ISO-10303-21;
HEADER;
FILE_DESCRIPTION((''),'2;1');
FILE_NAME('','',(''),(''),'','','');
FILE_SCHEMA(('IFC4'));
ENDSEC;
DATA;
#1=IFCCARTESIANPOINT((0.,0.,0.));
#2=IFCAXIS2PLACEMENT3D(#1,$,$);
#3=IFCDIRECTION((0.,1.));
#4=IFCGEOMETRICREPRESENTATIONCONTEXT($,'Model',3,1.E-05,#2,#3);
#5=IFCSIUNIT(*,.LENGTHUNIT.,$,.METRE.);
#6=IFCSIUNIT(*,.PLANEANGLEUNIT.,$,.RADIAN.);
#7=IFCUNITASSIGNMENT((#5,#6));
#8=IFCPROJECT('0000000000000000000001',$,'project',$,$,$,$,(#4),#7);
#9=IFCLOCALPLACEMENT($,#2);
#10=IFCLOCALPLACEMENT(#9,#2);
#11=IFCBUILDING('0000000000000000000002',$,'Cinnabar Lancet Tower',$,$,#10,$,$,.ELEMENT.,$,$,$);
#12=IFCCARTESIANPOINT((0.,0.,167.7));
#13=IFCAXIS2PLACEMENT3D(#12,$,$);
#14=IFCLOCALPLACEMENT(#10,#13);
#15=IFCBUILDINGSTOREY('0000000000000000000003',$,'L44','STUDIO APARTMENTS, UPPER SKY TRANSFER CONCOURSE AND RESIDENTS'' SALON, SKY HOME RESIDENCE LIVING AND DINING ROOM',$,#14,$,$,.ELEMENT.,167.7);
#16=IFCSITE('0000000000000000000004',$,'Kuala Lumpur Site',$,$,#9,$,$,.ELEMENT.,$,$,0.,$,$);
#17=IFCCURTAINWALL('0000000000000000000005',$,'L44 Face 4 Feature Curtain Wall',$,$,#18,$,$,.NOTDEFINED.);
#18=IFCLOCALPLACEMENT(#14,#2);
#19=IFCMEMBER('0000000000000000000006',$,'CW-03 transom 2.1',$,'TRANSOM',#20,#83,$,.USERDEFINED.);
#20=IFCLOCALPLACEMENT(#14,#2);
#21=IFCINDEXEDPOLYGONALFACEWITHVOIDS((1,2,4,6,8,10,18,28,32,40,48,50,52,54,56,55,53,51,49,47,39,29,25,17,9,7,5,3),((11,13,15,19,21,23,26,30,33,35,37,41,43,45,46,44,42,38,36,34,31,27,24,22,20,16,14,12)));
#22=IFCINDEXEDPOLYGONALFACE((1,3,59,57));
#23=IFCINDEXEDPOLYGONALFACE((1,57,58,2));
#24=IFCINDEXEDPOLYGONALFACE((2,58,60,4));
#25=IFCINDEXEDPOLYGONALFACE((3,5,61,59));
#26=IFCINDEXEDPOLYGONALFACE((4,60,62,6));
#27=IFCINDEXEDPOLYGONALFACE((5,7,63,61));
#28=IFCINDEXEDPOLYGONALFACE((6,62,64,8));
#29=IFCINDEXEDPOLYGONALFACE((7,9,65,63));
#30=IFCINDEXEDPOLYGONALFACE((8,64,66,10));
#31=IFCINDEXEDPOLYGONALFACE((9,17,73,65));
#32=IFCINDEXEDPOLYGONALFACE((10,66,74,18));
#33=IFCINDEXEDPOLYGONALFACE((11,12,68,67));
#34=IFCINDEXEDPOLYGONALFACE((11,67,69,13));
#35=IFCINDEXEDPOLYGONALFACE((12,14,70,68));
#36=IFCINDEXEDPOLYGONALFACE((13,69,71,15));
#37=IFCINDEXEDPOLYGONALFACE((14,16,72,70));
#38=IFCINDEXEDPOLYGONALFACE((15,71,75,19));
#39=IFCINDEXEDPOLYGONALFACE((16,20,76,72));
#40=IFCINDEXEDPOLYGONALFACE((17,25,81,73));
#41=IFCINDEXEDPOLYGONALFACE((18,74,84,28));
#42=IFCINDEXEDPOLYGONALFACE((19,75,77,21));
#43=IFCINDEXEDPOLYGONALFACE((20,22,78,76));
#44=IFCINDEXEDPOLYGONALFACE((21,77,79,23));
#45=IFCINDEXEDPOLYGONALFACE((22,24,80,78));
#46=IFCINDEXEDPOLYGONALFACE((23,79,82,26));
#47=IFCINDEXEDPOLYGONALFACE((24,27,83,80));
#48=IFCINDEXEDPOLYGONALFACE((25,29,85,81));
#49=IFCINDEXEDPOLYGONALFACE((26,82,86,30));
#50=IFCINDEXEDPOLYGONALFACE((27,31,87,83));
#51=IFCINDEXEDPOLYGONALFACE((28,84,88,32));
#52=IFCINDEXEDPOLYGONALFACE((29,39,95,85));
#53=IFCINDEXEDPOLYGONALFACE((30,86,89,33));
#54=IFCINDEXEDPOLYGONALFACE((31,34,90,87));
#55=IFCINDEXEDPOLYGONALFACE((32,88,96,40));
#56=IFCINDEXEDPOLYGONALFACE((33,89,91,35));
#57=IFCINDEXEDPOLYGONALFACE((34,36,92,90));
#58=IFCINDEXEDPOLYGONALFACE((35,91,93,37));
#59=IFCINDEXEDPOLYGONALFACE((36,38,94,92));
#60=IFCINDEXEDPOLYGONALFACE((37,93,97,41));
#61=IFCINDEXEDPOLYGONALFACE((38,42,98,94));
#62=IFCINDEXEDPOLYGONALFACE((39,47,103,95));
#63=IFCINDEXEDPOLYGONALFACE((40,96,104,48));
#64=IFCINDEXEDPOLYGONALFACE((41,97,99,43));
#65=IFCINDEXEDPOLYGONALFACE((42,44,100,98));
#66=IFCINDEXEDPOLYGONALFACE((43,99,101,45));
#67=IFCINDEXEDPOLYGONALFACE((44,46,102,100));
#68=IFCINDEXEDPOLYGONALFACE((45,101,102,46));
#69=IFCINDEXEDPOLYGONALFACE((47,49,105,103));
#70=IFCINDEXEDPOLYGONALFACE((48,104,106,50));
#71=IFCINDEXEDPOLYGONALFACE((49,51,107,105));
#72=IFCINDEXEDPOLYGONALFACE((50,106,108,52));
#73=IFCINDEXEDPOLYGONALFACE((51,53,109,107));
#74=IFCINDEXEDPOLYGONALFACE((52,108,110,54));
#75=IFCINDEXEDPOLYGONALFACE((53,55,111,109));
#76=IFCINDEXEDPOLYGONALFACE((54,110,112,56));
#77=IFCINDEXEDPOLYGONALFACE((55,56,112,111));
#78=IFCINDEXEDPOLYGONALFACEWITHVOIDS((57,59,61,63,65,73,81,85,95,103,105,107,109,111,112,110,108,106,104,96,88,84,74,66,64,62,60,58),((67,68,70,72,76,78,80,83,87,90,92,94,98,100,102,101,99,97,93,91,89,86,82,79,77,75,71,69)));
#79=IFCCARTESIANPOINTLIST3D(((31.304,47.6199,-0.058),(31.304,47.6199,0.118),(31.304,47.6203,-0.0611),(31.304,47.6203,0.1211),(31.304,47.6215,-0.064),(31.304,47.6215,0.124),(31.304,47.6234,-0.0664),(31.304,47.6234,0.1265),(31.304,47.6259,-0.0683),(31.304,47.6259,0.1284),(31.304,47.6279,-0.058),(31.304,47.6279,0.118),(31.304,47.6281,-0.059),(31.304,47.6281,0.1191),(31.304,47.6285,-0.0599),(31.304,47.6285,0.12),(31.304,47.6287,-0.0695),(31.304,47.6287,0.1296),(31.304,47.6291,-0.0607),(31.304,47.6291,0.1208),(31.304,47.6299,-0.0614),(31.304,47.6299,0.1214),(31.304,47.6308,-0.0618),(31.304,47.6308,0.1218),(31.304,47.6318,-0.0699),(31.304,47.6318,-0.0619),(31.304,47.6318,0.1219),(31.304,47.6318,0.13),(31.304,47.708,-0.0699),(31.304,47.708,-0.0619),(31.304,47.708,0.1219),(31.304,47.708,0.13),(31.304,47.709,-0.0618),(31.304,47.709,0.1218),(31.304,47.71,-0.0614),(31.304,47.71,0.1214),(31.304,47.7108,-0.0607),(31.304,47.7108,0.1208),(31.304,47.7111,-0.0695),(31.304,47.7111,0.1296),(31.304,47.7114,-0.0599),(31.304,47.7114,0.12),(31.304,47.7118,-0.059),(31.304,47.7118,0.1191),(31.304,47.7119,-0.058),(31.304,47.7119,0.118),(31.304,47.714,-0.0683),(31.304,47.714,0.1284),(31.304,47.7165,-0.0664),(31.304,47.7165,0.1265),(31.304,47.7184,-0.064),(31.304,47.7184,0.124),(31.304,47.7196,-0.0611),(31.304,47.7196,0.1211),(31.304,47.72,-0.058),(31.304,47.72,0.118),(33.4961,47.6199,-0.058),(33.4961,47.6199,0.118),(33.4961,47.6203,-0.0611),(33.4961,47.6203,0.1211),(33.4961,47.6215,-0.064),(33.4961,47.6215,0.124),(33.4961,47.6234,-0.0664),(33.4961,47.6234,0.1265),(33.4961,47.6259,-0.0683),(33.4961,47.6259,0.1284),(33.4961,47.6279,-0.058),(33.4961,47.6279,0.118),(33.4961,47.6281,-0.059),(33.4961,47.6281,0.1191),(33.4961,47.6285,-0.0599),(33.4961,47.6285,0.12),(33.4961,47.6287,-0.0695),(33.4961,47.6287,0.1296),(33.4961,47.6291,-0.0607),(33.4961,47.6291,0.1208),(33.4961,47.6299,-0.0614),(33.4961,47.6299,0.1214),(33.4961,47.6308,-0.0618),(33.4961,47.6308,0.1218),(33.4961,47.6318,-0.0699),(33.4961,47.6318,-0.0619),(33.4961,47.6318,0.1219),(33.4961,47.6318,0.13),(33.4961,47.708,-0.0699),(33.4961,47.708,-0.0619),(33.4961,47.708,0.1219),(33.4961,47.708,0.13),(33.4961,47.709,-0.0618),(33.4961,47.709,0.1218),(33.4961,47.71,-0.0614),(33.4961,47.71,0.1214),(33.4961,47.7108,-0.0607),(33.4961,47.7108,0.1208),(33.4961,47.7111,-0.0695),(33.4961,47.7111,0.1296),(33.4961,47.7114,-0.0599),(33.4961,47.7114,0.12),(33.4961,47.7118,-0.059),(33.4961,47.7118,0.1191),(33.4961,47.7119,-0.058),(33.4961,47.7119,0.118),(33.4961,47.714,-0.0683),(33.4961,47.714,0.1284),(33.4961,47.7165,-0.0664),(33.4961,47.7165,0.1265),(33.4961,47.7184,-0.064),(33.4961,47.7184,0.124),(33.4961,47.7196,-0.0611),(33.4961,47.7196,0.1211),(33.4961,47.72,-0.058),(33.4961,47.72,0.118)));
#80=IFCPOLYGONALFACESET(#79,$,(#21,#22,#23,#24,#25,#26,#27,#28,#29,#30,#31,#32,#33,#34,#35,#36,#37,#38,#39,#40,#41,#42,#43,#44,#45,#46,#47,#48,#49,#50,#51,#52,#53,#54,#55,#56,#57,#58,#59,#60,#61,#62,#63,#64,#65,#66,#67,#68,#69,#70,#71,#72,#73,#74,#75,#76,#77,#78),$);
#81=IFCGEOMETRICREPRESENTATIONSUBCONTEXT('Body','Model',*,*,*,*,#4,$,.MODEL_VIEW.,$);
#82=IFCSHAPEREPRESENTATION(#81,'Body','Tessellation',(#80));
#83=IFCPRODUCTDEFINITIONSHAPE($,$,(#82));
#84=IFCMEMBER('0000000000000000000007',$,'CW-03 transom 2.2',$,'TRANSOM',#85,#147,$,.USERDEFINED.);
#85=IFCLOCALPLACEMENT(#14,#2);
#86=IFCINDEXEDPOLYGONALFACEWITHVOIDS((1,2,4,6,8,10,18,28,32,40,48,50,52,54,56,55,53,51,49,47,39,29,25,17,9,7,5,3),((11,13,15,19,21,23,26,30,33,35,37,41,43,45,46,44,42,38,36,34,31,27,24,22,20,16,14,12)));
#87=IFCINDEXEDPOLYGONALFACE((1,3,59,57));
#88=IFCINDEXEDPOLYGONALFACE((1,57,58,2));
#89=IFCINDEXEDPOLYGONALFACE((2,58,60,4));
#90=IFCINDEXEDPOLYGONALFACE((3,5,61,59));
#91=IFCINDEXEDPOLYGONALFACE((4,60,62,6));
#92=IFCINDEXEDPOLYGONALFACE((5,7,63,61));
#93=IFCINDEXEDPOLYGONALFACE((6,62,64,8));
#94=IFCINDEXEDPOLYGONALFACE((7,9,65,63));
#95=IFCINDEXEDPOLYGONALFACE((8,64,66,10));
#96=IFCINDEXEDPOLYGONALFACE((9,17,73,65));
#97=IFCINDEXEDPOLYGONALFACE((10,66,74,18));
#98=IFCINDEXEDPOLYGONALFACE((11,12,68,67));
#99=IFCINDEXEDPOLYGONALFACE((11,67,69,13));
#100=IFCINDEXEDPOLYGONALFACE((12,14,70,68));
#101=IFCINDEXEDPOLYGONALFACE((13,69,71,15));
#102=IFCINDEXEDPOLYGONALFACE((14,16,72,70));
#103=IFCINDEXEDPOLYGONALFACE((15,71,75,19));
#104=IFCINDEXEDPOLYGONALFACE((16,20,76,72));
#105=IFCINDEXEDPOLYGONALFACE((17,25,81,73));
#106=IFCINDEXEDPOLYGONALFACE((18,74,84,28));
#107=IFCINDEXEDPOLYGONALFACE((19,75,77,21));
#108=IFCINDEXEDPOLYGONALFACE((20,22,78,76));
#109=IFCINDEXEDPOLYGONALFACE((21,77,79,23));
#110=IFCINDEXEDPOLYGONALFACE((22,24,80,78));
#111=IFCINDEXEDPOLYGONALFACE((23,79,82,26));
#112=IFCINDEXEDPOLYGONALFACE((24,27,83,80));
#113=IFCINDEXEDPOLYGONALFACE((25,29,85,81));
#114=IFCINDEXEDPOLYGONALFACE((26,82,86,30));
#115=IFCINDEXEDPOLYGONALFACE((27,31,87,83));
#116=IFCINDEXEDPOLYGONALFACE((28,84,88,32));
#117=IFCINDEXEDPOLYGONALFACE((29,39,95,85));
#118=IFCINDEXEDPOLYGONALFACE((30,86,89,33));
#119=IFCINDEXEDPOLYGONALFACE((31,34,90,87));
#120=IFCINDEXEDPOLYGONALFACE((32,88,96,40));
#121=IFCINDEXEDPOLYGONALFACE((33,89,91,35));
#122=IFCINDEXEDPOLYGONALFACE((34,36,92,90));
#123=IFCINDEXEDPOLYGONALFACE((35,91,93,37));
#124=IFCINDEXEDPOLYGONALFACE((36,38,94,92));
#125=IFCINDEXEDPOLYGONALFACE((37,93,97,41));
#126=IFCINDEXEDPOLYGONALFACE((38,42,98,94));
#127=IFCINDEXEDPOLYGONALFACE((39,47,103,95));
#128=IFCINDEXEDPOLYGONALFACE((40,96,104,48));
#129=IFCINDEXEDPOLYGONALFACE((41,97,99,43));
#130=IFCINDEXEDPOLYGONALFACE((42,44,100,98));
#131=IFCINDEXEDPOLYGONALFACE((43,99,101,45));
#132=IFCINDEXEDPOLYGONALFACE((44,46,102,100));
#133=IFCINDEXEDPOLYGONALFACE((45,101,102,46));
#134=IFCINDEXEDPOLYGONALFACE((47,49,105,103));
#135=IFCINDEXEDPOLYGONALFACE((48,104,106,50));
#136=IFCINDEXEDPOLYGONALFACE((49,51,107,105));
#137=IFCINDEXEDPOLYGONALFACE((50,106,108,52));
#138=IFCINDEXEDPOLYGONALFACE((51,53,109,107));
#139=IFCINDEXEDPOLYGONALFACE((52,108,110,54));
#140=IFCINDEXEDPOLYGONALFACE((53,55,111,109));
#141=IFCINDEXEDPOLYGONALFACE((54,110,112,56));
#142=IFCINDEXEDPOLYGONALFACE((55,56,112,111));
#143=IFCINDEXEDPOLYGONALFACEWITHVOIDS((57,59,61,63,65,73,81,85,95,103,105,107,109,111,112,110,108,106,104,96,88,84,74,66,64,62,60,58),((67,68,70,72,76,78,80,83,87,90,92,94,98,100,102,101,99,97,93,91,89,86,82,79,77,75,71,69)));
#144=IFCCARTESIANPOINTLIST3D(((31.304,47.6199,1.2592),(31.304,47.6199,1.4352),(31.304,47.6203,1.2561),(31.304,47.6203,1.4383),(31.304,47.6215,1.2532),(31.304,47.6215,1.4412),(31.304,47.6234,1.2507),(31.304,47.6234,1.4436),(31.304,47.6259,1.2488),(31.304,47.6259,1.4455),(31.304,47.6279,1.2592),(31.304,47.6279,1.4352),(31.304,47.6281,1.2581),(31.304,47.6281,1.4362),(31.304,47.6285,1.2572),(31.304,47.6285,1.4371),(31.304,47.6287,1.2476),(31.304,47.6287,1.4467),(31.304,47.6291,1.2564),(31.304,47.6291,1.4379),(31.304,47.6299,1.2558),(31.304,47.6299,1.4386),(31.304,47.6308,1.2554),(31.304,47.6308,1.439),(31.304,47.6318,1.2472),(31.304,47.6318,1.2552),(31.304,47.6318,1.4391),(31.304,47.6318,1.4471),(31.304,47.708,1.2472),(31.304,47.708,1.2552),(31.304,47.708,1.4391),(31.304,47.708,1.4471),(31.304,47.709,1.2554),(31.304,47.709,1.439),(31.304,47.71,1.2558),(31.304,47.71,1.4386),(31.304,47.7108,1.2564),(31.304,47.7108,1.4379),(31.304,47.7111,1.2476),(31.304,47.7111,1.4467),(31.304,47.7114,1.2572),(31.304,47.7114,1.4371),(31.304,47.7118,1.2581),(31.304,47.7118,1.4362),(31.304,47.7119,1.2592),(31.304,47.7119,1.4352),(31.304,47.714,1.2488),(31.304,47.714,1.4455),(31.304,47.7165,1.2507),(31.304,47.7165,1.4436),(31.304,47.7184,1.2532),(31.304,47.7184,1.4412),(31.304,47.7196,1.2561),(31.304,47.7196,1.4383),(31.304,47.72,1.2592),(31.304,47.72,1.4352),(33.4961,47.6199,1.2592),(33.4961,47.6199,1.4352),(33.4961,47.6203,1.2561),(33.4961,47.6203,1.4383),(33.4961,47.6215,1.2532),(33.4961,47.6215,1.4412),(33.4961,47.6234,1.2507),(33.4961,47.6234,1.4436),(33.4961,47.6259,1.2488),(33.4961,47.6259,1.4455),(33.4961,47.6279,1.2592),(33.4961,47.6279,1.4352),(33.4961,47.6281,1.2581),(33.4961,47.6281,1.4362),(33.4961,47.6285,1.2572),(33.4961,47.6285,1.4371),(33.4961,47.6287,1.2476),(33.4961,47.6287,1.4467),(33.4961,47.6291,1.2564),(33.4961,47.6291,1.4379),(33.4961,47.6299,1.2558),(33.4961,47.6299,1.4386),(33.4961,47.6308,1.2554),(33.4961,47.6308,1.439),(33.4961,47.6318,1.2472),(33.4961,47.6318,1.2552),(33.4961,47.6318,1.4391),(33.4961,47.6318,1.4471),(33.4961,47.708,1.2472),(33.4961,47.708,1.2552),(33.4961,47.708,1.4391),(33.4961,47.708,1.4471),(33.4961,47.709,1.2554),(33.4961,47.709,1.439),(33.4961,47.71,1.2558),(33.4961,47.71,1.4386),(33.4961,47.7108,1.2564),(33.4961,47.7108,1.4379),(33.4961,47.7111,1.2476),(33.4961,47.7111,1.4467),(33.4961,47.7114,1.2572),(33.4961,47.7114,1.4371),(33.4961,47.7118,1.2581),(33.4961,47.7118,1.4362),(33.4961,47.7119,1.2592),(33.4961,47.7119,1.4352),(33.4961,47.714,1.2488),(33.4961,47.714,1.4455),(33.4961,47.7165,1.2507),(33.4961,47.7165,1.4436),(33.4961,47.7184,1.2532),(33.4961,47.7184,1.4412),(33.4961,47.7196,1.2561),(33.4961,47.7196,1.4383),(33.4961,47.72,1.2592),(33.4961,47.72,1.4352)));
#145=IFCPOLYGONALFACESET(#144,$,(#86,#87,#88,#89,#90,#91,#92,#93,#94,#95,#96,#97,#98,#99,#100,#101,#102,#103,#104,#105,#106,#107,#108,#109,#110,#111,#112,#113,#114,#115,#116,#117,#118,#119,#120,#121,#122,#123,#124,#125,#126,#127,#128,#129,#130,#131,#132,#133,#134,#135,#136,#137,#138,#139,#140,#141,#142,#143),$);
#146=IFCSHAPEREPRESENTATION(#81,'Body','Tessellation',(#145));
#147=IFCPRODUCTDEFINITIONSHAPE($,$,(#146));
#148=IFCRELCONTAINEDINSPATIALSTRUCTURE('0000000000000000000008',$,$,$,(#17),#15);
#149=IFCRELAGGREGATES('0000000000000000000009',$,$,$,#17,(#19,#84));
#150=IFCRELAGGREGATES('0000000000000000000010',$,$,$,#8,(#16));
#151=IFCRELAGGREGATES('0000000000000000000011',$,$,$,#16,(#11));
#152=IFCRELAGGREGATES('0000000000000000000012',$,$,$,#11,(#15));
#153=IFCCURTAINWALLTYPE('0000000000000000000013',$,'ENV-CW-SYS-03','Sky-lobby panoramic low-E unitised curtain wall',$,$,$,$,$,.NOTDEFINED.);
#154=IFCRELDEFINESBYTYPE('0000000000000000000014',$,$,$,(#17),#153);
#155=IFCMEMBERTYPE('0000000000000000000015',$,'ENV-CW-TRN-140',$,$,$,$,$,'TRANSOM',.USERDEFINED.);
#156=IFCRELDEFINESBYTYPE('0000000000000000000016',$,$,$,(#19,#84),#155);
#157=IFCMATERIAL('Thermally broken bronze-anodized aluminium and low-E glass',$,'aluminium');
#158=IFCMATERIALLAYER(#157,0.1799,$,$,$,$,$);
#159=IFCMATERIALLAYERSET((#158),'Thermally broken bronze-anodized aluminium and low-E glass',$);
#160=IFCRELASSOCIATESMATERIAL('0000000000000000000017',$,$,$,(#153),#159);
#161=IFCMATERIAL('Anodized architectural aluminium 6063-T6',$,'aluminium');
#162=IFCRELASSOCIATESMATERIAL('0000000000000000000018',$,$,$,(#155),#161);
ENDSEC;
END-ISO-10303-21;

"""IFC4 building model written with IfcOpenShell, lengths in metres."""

from ifc_helpers import new_model, si_unit, direction, frame, origin, origin_2d, place, context, subcontext, project, spatial, hollow_rectangle, extrude, material, layer, layer_set, material_profile, profile_set, type_object, element, aggregate, save


model = new_model("IFC4")

# Units and contexts
model_context = context("Model", 3, precision=1e-05, world=origin(), true_north=direction((0.0, 1.0)))
body_context = subcontext(model_context, "Body", "Model", "MODEL_VIEW")
ifc_project = project(units=[si_unit("LENGTHUNIT", "METRE"), si_unit("PLANEANGLEUNIT", "RADIAN")], contexts=[model_context])

# Site, building, storey
site_placement = place(None, origin())
site = spatial("IfcSite", under=ifc_project, at=site_placement, Name="Kuala Lumpur Site", CompositionType="ELEMENT", RefElevation=0.0)
building_placement = place(site_placement, origin())
building = spatial("IfcBuilding", under=site, at=building_placement, Name="Cinnabar Lancet Tower", CompositionType="ELEMENT")
storey_placement = place(building_placement, frame((0.0, 0.0, 167.7)))
storey = spatial("IfcBuildingStorey", under=building, at=storey_placement, Name="L44", Description="STUDIO APARTMENTS, UPPER SKY TRANSFER CONCOURSE AND RESIDENTS' SALON, SKY HOME RESIDENCE LIVING AND DINING ROOM", CompositionType="ELEMENT", Elevation=167.7)

# Curtain wall, members
ifc_material_1 = material(Name="Thermally broken bronze-anodized aluminium and low-E glass", Category="aluminium")
ifc_layer_1 = layer(ifc_material_1, 0.1799)
ifc_layer_set_1 = layer_set([ifc_layer_1], Name="Thermally broken bronze-anodized aluminium and low-E glass")
curtain_wall_type = type_object("IfcCurtainWallType", Name="ENV-CW-SYS-03", Description="Sky-lobby panoramic low-E unitised curtain wall", PredefinedType="NOTDEFINED", material=ifc_layer_set_1)
curtain_wall_placement = place(storey_placement, origin())
curtain_wall = element("IfcCurtainWall", 1, at=curtain_wall_placement, inside=storey, type_object=curtain_wall_type, Name="L44 Face 4 Feature Curtain Wall", PredefinedType="NOTDEFINED")
ifc_material_2 = material(Name="Anodized architectural aluminium 6063-T6", Category="aluminium")
ifc_material_profile_1 = material_profile(ifc_material_2, hollow_rectangle(XDim=0.1001, YDim=0.2, WallThickness=0.0081, InnerFilletRadius=0.0039, OuterFilletRadius=0.012, at=origin_2d()), Name="RHS 200x100x8")
ifc_profile_set_1 = profile_set([ifc_material_profile_1], Name="Anodized architectural aluminium 6063-T6")
member_type_1 = type_object("IfcMemberType", Name="ENV-CW-TRN-140", ElementType="TRANSOM", PredefinedType="USERDEFINED", material=ifc_profile_set_1)
member_1_placement = place(storey_placement, frame((33.4961, 47.6699, 0.03), z_axis=(-1.0, 0.0, 0.0), x_axis=(0.0, -1.0, 0.0)))
member_1 = element("IfcMember", 2, at=member_1_placement, type_object=member_type_1, Name="CW-03 transom 2.1", ObjectType="TRANSOM", PredefinedType="USERDEFINED", context=body_context, shape_type="SweptSolid", body=[
    extrude(hollow_rectangle(XDim=0.1001, YDim=0.2, WallThickness=0.0081, InnerFilletRadius=0.0039, OuterFilletRadius=0.012, at=origin_2d()), origin(), (0.0, 0.0, 1.0), 2.1921),
])
member_2_placement = place(storey_placement, frame((33.4961, 47.6699, 1.3472), z_axis=(-1.0, 0.0, 0.0), x_axis=(0.0, -1.0, 0.0)))
member_2 = element("IfcMember", 3, at=member_2_placement, type_object=member_type_1, Name="CW-03 transom 2.2", ObjectType="TRANSOM", PredefinedType="USERDEFINED", context=body_context, shape_type="SweptSolid", body=[
    extrude(hollow_rectangle(XDim=0.1001, YDim=0.2, WallThickness=0.0081, InnerFilletRadius=0.0039, OuterFilletRadius=0.012, at=origin_2d()), origin(), (0.0, 0.0, 1.0), 2.1921),
])

aggregate(curtain_wall, [member_1, member_2])

save(model, "model.ifc")
